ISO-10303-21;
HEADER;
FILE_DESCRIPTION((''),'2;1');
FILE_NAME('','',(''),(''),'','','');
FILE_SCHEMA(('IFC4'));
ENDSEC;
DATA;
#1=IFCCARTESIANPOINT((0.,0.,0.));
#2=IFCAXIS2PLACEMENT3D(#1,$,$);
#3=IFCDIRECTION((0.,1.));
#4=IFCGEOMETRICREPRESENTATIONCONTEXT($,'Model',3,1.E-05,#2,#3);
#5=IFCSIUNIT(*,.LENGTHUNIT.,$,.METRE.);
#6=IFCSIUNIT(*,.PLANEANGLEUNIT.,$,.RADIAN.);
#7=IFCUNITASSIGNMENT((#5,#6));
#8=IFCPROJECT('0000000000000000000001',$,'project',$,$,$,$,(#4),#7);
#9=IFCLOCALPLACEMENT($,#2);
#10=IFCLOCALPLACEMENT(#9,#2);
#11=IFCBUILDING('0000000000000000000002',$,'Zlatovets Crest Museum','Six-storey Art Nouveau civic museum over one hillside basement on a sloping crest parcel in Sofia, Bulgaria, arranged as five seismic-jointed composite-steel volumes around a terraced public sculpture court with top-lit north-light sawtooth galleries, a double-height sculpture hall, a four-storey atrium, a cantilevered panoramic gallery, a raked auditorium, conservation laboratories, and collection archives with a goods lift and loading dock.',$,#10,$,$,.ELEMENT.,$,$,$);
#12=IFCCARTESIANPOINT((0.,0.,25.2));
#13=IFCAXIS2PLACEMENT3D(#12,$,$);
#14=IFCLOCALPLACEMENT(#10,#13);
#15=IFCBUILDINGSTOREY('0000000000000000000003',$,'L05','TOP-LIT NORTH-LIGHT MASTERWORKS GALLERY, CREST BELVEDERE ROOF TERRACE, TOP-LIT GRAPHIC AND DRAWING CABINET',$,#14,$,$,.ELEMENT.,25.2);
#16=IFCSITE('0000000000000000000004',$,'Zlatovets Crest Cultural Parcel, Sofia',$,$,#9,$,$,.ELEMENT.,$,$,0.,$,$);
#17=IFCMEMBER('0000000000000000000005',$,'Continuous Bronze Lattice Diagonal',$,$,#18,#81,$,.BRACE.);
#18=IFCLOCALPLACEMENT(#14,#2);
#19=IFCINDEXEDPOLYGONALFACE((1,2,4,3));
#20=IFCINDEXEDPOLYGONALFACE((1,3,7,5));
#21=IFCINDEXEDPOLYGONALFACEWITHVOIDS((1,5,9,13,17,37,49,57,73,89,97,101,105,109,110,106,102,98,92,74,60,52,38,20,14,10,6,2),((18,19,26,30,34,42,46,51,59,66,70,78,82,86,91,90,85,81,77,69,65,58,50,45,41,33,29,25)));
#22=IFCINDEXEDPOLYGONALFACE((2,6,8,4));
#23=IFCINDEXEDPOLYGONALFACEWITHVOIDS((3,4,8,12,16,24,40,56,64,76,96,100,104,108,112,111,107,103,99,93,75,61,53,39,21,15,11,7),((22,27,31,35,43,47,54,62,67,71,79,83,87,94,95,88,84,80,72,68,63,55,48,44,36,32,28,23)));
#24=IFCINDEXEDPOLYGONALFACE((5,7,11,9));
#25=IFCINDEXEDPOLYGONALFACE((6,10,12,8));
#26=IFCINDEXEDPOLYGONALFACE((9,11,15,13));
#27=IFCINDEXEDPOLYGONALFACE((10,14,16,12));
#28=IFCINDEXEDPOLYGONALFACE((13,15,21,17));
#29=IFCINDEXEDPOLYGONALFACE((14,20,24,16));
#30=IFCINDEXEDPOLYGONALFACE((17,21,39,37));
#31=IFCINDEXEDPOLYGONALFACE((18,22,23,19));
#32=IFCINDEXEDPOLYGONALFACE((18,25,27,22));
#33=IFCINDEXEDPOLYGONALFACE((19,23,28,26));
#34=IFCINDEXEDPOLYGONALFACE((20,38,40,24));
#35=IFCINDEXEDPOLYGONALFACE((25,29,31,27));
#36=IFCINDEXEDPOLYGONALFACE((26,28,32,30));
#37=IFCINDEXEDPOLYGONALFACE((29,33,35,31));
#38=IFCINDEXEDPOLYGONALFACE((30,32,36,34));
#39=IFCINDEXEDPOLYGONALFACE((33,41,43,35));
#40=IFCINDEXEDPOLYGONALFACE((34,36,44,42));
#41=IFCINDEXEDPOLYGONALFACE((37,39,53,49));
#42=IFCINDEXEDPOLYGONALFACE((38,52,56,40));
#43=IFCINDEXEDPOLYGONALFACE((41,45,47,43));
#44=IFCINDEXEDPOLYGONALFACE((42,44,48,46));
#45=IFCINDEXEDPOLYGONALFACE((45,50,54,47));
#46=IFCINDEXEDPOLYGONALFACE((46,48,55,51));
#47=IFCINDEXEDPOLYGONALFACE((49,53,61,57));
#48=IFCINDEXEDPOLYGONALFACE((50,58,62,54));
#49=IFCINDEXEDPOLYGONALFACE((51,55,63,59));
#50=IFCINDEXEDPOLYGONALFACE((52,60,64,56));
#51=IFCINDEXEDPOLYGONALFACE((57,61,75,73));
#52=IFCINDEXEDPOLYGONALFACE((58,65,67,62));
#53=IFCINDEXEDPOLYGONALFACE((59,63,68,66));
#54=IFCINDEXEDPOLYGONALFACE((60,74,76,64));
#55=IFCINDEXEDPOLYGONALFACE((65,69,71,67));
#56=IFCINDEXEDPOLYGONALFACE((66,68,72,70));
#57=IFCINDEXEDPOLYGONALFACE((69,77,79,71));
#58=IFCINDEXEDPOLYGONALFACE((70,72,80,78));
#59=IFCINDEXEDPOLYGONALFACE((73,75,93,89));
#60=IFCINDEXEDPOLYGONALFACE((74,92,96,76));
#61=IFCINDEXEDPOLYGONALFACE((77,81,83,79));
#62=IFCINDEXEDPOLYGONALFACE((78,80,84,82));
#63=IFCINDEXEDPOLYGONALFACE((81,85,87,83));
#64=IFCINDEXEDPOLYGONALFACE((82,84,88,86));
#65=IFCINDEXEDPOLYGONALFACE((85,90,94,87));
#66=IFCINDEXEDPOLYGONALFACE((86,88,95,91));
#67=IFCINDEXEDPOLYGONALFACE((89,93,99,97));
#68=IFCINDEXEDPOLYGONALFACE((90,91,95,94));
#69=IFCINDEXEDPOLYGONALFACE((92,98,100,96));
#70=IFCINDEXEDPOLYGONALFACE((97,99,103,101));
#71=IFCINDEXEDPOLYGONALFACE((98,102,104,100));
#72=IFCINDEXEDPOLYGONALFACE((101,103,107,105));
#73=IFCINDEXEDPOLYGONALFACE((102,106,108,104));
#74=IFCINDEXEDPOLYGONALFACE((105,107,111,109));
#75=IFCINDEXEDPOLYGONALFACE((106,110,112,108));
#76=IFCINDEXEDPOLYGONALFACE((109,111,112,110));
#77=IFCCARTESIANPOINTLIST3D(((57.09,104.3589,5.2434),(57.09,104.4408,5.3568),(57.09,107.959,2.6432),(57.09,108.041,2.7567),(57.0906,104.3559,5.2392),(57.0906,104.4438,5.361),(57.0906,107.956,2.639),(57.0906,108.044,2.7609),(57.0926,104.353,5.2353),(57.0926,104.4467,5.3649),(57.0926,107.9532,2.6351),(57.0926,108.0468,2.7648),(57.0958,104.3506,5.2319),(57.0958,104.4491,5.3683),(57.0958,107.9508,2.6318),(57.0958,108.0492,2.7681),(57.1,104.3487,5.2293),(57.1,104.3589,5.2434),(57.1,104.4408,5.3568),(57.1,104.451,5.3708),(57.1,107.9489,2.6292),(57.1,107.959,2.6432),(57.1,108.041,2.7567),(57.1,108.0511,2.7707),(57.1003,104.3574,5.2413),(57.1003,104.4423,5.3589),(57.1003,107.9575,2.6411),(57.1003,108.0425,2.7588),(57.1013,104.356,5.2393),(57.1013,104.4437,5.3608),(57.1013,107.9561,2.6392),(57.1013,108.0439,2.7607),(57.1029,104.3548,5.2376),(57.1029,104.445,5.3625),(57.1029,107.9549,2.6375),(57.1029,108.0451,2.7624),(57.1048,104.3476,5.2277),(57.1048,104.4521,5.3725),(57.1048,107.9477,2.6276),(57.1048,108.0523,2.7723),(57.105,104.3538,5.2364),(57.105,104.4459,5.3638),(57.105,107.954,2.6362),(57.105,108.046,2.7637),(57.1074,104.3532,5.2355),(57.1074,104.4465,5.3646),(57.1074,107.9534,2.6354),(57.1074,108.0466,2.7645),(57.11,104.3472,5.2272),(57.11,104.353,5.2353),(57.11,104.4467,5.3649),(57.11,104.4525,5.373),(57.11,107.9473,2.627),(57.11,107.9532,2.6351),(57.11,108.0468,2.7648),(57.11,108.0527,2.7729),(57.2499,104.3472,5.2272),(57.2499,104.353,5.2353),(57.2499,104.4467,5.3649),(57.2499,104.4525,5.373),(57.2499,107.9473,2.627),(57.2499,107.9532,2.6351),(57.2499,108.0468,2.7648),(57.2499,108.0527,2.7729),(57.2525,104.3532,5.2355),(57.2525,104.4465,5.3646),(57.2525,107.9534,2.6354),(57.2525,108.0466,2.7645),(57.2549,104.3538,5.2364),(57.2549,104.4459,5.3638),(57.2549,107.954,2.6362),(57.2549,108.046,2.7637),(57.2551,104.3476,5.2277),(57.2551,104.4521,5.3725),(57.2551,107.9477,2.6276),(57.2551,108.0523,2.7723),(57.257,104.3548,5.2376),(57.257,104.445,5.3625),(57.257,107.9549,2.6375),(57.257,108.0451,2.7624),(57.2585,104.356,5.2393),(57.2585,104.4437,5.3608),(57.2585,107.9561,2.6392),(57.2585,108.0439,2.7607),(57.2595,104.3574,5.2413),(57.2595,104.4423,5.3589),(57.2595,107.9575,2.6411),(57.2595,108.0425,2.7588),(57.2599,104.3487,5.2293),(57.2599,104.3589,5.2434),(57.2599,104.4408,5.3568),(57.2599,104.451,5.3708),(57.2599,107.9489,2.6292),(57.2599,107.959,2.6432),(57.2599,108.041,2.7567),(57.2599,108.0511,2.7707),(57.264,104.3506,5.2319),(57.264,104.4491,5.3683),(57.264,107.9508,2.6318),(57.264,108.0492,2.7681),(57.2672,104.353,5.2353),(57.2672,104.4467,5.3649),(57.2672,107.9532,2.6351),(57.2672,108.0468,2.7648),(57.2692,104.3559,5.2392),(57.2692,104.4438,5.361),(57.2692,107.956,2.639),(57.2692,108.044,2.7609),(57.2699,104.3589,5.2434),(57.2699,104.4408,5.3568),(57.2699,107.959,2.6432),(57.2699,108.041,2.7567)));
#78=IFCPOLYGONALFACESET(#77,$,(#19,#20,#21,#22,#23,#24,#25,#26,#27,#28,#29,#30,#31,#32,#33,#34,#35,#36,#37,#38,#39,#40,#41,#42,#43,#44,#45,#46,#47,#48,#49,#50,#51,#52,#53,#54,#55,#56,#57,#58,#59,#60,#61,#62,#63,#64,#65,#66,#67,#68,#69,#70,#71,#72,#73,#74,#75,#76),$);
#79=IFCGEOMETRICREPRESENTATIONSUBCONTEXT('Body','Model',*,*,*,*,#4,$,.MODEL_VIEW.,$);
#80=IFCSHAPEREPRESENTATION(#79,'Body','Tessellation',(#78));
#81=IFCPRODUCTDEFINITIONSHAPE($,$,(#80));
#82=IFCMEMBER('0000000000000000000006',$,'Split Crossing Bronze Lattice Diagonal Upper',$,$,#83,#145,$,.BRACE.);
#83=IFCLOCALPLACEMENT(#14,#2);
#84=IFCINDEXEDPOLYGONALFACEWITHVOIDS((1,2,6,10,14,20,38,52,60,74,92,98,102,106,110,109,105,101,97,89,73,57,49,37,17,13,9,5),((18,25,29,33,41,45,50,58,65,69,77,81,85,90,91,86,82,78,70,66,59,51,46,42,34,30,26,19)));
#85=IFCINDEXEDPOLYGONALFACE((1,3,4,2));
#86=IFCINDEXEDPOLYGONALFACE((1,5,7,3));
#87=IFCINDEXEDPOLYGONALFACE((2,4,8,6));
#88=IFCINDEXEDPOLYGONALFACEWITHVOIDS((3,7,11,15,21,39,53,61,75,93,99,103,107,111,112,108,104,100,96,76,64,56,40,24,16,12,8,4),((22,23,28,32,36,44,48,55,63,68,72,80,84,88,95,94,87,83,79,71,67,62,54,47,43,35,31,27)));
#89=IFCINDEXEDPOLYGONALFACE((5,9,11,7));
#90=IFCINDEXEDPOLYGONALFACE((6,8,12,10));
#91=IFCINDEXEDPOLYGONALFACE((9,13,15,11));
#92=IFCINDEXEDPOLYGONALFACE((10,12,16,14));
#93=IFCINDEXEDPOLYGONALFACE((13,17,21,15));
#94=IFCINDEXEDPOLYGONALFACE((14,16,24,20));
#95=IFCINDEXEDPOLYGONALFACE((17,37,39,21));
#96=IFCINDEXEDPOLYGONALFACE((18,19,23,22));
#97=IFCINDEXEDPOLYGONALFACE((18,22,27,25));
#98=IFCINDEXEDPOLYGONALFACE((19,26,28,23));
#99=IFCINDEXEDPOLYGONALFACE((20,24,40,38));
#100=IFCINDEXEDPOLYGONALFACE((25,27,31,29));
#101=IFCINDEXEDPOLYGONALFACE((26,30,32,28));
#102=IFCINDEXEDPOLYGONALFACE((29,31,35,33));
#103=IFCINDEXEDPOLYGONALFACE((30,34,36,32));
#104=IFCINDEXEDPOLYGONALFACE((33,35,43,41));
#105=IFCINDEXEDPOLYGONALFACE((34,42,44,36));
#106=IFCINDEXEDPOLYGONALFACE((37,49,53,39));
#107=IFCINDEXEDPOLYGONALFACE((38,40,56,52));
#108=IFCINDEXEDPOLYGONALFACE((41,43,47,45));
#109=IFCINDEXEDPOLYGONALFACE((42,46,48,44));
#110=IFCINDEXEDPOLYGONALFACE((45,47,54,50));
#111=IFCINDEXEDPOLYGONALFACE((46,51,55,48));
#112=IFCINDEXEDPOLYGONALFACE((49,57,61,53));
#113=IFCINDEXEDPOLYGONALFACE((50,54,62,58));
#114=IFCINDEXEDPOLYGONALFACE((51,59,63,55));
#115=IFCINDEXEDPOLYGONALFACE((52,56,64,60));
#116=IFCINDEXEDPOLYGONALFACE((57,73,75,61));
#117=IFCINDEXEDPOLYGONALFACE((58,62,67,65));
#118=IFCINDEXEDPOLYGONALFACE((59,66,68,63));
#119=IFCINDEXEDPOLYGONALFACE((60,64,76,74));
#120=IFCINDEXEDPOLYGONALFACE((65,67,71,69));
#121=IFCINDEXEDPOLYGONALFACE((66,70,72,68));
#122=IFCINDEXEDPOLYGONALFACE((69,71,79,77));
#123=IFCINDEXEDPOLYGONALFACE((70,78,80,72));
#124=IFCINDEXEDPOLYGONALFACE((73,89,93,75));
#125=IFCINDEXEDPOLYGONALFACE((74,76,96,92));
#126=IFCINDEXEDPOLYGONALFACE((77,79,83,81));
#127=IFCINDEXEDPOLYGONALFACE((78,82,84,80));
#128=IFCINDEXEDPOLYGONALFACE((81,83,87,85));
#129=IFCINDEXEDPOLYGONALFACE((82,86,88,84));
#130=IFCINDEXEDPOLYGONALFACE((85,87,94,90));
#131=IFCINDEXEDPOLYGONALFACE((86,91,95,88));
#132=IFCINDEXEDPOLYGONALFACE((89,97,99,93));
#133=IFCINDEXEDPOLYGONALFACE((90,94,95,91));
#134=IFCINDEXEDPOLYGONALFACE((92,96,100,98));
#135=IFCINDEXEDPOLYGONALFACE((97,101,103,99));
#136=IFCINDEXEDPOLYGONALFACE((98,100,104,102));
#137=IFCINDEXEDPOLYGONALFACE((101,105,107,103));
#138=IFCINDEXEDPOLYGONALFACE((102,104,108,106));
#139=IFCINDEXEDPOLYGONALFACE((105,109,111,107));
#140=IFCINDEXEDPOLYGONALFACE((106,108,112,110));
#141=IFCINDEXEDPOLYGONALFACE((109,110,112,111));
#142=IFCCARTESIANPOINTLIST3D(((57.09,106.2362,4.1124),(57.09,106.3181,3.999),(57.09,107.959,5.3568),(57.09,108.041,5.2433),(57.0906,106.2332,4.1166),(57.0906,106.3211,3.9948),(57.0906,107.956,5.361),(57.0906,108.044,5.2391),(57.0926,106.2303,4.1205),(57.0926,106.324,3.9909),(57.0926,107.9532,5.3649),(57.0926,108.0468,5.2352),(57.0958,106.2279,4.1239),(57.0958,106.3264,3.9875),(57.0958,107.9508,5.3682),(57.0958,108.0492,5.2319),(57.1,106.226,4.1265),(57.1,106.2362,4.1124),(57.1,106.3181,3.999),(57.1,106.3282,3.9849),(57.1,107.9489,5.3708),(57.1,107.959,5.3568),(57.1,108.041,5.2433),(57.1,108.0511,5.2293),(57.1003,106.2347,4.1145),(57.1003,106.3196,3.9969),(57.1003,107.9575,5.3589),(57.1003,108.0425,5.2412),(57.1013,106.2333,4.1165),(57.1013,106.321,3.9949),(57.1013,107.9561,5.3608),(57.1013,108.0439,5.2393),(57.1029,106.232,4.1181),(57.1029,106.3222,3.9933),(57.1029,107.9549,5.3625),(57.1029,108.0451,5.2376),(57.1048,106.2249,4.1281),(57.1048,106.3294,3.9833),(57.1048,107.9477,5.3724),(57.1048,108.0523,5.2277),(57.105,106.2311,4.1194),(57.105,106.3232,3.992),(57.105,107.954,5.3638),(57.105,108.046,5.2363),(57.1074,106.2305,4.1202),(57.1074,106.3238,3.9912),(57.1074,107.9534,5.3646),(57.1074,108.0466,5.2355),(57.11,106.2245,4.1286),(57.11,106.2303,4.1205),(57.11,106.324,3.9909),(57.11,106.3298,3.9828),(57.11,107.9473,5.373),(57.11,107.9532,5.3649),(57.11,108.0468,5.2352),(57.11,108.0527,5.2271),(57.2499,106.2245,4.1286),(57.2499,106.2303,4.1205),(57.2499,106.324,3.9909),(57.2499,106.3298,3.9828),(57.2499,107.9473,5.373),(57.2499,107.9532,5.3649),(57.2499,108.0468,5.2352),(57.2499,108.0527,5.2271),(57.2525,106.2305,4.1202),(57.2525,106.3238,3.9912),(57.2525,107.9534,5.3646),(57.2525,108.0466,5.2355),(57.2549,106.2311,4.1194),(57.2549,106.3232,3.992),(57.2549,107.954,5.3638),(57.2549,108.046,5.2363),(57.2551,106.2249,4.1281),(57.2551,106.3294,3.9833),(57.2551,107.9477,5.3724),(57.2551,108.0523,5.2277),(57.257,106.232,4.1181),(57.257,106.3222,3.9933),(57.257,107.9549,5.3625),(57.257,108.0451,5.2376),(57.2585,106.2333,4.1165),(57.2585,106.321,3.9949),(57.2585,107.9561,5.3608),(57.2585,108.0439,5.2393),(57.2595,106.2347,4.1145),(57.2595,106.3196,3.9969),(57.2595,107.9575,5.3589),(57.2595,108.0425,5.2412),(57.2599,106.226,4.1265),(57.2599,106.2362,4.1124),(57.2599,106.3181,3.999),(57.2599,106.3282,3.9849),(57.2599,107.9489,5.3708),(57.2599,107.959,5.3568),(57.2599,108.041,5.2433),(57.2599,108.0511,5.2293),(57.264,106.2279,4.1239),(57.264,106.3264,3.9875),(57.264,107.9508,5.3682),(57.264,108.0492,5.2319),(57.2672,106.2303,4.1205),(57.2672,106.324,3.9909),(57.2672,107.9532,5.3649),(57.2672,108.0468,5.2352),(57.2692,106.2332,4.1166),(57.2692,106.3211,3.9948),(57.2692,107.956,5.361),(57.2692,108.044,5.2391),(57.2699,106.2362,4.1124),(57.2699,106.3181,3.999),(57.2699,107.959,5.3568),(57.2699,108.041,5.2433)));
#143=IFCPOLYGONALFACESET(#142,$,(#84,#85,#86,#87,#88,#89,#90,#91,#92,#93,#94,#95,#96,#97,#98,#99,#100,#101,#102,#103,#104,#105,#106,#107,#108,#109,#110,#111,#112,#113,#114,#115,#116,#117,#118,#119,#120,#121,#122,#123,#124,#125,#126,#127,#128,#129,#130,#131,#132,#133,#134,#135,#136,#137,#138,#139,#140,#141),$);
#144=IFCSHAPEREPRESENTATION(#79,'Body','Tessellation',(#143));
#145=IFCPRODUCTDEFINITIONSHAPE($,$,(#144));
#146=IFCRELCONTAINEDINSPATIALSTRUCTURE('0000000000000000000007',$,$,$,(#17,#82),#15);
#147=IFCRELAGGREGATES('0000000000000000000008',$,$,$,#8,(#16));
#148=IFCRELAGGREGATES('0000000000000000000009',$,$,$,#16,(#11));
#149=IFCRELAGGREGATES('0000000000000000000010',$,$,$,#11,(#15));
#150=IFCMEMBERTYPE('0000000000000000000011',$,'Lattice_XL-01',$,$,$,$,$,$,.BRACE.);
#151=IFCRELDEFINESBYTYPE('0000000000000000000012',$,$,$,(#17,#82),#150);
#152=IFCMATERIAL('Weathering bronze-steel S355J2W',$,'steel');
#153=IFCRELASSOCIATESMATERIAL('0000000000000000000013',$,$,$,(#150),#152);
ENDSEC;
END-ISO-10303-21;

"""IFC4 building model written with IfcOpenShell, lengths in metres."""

from ifc_helpers import new_model, si_unit, direction, frame, origin, origin_2d, place, context, subcontext, project, spatial, hollow_rectangle, extrude, material, material_profile, profile_set, type_object, element, save


model = new_model("IFC4")

# Units and contexts
model_context = context("Model", 3, precision=1e-05, world=origin(), true_north=direction((0.0, 1.0)))
body_context = subcontext(model_context, "Body", "Model", "MODEL_VIEW")
ifc_project = project(units=[si_unit("LENGTHUNIT", "METRE"), si_unit("PLANEANGLEUNIT", "RADIAN")], contexts=[model_context])

# Site, building, storey
site_placement = place(None, origin())
site = spatial("IfcSite", under=ifc_project, at=site_placement, Name="Zlatovets Crest Cultural Parcel, Sofia", CompositionType="ELEMENT", RefElevation=0.0)
building_placement = place(site_placement, origin())
building = spatial("IfcBuilding", under=site, at=building_placement, Name="Zlatovets Crest Museum", Description="Six-storey Art Nouveau civic museum over one hillside basement on a sloping crest parcel in Sofia, Bulgaria, arranged as five seismic-jointed composite-steel volumes around a terraced public sculpture court with top-lit north-light sawtooth galleries, a double-height sculpture hall, a four-storey atrium, a cantilevered panoramic gallery, a raked auditorium, conservation laboratories, and collection archives with a goods lift and loading dock.", CompositionType="ELEMENT")
storey_placement = place(building_placement, frame((0.0, 0.0, 25.2)))
storey = spatial("IfcBuildingStorey", under=building, at=storey_placement, Name="L05", Description="TOP-LIT NORTH-LIGHT MASTERWORKS GALLERY, CREST BELVEDERE ROOF TERRACE, TOP-LIT GRAPHIC AND DRAWING CABINET", CompositionType="ELEMENT", Elevation=25.2)

# Members
ifc_material_1 = material(Name="Weathering bronze-steel S355J2W", Category="steel")
ifc_material_profile_1 = material_profile(ifc_material_1, hollow_rectangle(XDim=0.1799, YDim=0.1799, WallThickness=0.01, InnerFilletRadius=0.01, OuterFilletRadius=0.02, at=origin_2d()), Name="SHS 180x180x10.0")
ifc_profile_set_1 = profile_set([ifc_material_profile_1], Name="Weathering bronze-steel S355J2W")
member_type_1 = type_object("IfcMemberType", Name="Lattice_XL-01", PredefinedType="BRACE", material=ifc_profile_set_1)
member_1_placement = place(storey_placement, frame((57.1799, 108.0, 2.7), z_axis=(0.0, -0.810676, 0.585495), x_axis=(1.0, 0.0, 0.0)))
element("IfcMember", 1, at=member_1_placement, inside=storey, type_object=member_type_1, Name="Continuous Bronze Lattice Diagonal", PredefinedType="BRACE", context=body_context, shape_type="SweptSolid", body=[
    extrude(hollow_rectangle(XDim=0.1799, YDim=0.1799, WallThickness=0.01, InnerFilletRadius=0.01, OuterFilletRadius=0.02, at=origin_2d()), origin(), (0.0, 0.0, 1.0), 4.4409),
])
member_2_placement = place(storey_placement, frame((57.1799, 108.0, 5.3), z_axis=(0.0, -0.810664, -0.585512), x_axis=(1.0, 0.0, 0.0)))
element("IfcMember", 2, at=member_2_placement, inside=storey, type_object=member_type_1, Name="Split Crossing Bronze Lattice Diagonal Upper", PredefinedType="BRACE", context=body_context, shape_type="SweptSolid", body=[
    extrude(hollow_rectangle(XDim=0.1799, YDim=0.1799, WallThickness=0.01, InnerFilletRadius=0.01, OuterFilletRadius=0.02, at=origin_2d()), origin(), (0.0, 0.0, 1.0), 2.1252),
])

save(model, "model.ifc")
